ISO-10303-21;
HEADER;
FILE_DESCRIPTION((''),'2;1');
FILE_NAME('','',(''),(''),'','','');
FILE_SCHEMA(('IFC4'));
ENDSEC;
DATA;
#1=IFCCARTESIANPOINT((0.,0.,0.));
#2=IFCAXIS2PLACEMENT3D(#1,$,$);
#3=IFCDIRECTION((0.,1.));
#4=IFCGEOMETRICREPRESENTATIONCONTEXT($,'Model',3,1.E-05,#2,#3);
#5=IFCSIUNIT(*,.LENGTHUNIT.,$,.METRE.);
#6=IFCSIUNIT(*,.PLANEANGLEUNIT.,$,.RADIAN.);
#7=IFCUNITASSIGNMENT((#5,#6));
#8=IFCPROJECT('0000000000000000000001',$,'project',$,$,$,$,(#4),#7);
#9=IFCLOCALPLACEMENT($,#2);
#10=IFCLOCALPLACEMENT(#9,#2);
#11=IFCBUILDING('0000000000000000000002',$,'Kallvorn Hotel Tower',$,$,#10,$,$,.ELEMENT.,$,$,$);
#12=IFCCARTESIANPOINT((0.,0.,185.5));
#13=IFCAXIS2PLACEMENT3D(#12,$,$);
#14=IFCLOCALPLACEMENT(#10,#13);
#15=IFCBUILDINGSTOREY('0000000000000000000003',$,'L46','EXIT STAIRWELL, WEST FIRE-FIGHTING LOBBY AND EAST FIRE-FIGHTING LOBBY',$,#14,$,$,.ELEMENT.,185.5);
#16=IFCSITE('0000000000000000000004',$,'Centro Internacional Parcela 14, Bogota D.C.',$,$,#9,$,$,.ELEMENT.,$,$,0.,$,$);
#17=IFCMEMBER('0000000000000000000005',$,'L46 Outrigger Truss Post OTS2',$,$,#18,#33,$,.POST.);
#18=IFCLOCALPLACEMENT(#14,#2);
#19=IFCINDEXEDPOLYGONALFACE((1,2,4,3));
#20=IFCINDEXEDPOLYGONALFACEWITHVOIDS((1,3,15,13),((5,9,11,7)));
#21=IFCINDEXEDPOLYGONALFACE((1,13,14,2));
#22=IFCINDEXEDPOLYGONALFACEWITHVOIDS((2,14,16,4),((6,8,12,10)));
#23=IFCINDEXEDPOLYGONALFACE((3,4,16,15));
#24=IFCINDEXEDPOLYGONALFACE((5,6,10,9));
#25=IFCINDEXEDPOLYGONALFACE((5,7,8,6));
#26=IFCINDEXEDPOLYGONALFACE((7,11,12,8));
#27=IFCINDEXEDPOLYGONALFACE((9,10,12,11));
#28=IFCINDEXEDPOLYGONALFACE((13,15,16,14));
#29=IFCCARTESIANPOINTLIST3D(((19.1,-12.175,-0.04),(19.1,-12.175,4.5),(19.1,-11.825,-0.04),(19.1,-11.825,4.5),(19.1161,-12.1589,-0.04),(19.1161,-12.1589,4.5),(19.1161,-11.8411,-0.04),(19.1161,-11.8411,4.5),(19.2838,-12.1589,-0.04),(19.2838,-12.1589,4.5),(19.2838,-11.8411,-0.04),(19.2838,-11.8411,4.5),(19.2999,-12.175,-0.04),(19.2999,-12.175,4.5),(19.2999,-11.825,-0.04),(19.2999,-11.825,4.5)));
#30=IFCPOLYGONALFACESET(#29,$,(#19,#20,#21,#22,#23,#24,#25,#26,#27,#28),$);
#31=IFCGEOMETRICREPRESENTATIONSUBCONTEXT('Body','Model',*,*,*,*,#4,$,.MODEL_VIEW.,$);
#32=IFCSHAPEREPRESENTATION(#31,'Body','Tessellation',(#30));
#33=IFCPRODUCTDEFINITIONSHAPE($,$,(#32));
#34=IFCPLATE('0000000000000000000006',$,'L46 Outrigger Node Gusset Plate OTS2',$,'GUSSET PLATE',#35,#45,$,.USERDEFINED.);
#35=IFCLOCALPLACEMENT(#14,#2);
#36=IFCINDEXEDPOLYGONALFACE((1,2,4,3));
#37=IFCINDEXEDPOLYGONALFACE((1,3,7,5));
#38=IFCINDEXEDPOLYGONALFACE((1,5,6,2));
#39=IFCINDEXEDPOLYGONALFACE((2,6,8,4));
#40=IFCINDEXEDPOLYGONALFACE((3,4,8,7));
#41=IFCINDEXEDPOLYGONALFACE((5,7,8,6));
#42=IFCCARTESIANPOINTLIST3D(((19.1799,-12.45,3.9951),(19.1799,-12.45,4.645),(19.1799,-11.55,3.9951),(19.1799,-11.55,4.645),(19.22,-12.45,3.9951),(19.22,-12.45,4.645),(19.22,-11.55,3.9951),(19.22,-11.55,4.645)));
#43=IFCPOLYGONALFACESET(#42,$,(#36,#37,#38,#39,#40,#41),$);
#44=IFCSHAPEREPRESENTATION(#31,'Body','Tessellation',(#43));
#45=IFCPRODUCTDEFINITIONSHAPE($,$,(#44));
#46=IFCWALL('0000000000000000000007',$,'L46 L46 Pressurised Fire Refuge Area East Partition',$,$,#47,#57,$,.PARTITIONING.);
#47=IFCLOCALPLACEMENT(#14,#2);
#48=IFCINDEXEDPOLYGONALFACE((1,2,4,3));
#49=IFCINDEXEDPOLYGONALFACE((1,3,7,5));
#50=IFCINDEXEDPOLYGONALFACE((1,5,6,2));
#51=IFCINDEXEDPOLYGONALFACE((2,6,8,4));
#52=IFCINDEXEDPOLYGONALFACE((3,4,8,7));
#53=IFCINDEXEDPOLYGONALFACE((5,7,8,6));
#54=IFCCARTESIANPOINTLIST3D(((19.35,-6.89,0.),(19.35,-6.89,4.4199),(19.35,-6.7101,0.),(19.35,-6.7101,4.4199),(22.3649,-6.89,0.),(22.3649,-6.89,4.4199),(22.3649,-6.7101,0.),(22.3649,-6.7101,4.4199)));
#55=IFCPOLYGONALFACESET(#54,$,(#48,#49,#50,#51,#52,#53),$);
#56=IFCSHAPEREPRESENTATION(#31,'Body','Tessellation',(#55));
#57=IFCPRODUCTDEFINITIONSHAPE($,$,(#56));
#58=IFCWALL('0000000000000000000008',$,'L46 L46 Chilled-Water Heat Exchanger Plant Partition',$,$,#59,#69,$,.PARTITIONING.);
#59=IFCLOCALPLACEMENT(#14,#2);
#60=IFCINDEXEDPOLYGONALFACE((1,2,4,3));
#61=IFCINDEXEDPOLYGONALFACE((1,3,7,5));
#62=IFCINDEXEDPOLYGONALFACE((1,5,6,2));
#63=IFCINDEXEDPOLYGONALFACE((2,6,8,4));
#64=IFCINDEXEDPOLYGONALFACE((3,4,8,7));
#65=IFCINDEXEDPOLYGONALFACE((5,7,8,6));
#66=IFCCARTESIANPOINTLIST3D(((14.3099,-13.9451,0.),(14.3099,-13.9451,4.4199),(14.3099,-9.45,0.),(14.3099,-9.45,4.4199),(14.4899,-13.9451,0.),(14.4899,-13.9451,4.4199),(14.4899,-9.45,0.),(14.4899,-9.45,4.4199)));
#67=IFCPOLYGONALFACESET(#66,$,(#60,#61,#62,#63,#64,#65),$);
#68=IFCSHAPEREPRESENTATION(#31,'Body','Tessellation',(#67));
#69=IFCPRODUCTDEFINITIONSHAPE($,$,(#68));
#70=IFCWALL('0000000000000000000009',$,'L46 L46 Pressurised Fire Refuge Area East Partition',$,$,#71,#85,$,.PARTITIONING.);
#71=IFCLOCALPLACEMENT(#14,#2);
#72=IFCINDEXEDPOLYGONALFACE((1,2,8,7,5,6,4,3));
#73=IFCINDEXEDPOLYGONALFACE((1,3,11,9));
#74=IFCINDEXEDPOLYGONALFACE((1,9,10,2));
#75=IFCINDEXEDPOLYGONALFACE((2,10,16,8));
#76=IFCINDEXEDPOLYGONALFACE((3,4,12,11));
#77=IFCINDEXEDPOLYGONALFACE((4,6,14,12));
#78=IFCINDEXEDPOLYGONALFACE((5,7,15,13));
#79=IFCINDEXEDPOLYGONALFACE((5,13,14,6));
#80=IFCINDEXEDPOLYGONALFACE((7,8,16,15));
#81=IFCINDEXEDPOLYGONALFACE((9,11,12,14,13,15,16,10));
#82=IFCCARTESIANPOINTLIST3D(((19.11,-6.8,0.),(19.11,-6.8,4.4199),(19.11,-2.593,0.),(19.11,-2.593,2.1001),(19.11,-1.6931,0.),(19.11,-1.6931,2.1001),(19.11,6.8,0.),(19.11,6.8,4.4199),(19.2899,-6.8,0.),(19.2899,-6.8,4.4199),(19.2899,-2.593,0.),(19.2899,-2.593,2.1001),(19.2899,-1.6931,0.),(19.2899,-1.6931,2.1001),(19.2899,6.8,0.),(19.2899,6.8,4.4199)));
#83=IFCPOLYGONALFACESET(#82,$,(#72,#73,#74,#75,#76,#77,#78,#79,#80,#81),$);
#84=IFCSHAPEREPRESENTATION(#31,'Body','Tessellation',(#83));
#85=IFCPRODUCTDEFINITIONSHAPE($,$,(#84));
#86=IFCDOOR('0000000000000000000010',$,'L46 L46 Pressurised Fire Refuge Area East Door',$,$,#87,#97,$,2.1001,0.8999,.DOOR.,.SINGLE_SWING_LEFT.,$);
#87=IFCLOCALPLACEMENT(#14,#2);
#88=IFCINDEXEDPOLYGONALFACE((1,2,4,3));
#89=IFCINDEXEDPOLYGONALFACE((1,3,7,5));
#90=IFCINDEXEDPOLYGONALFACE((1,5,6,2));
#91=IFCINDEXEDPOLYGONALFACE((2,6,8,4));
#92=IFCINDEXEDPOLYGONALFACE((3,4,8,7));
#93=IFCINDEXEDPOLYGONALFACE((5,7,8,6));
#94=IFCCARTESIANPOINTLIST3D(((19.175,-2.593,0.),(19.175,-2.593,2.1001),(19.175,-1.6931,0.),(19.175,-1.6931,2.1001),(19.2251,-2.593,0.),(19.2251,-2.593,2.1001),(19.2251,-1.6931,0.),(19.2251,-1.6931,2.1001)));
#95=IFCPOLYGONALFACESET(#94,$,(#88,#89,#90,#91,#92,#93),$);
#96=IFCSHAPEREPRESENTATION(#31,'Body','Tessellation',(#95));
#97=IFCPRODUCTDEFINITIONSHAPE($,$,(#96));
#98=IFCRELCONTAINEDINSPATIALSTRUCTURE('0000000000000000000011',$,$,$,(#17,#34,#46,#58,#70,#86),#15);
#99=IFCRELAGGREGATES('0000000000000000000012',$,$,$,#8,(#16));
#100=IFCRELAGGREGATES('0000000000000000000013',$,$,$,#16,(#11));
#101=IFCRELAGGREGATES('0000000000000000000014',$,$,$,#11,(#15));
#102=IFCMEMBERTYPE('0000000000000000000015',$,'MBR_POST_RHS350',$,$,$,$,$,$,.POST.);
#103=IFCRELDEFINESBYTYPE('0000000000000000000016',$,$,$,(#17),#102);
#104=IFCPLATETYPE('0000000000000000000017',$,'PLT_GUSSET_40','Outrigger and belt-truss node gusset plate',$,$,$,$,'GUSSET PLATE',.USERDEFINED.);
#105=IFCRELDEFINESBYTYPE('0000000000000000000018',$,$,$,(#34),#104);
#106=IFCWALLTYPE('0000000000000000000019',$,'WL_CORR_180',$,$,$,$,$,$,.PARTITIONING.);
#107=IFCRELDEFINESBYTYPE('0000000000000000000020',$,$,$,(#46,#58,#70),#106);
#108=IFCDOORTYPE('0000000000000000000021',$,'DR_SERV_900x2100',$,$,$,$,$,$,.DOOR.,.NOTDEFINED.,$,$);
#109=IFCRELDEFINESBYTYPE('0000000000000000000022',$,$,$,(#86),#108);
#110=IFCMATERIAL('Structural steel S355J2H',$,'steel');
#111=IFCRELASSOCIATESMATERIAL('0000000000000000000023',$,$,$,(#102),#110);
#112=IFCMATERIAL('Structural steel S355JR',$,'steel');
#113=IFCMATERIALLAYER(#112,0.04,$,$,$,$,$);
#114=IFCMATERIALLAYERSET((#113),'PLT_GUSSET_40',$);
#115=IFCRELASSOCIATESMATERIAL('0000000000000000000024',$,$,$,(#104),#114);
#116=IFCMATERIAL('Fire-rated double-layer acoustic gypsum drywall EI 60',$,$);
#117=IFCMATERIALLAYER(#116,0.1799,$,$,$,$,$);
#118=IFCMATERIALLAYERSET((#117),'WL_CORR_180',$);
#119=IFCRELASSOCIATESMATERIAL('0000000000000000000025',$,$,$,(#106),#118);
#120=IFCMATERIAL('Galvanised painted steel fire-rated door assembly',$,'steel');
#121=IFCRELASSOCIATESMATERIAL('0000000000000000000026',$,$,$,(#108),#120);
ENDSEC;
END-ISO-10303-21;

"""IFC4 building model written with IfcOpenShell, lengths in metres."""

from ifc_helpers import new_model, si_unit, direction, frame, frame_2d, origin, origin_2d, place, context, subcontext, project, spatial, rectangle, hollow_rectangle, extrude, material, layer, layer_set, material_profile, profile_set, type_object, element, fill, save


model = new_model("IFC4")

# Units and contexts
model_context = context("Model", 3, precision=1e-05, world=origin(), true_north=direction((0.0, 1.0)))
body_context = subcontext(model_context, "Body", "Model", "MODEL_VIEW")
ifc_project = project(units=[si_unit("LENGTHUNIT", "METRE"), si_unit("PLANEANGLEUNIT", "RADIAN")], contexts=[model_context])

# Site, building, storey
site_placement = place(None, origin())
site = spatial("IfcSite", under=ifc_project, at=site_placement, Name="Centro Internacional Parcela 14, Bogota D.C.", CompositionType="ELEMENT", RefElevation=0.0)
building_placement = place(site_placement, origin())
building = spatial("IfcBuilding", under=site, at=building_placement, Name="Kallvorn Hotel Tower", CompositionType="ELEMENT")
storey_placement = place(building_placement, frame((0.0, 0.0, 185.5)))
storey = spatial("IfcBuildingStorey", under=building, at=storey_placement, Name="L46", Description="EXIT STAIRWELL, WEST FIRE-FIGHTING LOBBY AND EAST FIRE-FIGHTING LOBBY", CompositionType="ELEMENT", Elevation=185.5)

# Member
ifc_material_1 = material(Name="Structural steel S355J2H", Category="steel")
ifc_material_profile_1 = material_profile(ifc_material_1, hollow_rectangle(XDim=0.2, YDim=0.3501, WallThickness=0.0161, at=origin_2d()), Name="RHS 350x200x16")
ifc_profile_set_1 = profile_set([ifc_material_profile_1], Name="Structural steel S355J2H")
member_type_1 = type_object("IfcMemberType", Name="MBR_POST_RHS350", PredefinedType="POST", material=ifc_profile_set_1)
member_1_placement = place(storey_placement, frame((19.2, -12.0, -0.04), z_axis=(0.0, 0.0, 1.0), x_axis=(1.0, 0.0, 0.0)))
element("IfcMember", 1, at=member_1_placement, inside=storey, type_object=member_type_1, Name="L46 Outrigger Truss Post OTS2", PredefinedType="POST", context=body_context, shape_type="SweptSolid", body=[
    extrude(hollow_rectangle(XDim=0.2, YDim=0.3501, WallThickness=0.0161, at=origin_2d()), origin(), (0.0, 0.0, 1.0), 4.54),
])

# Plate
ifc_material_2 = material(Name="Structural steel S355JR", Category="steel")
ifc_layer_1 = layer(ifc_material_2, 0.04)
ifc_layer_set_1 = layer_set([ifc_layer_1], Name="PLT_GUSSET_40")
plate_type = type_object("IfcPlateType", Name="PLT_GUSSET_40", Description="Outrigger and belt-truss node gusset plate", ElementType="GUSSET PLATE", PredefinedType="USERDEFINED", material=ifc_layer_set_1)
plate_placement = place(storey_placement, frame((19.2, -12.0, 3.9951), z_axis=(0.0, 0.0, 1.0), x_axis=(0.0, 1.0, 0.0)))
element("IfcPlate", 2, at=plate_placement, inside=storey, type_object=plate_type, Name="L46 Outrigger Node Gusset Plate OTS2", ObjectType="GUSSET PLATE", PredefinedType="USERDEFINED", context=body_context, shape_type="SweptSolid", body=[
    extrude(rectangle(XDim=0.8999, YDim=0.04, at=origin_2d()), origin(), (0.0, 0.0, 1.0), 0.6499),
])

# Walls
ifc_material_3 = material(Name="Fire-rated double-layer acoustic gypsum drywall EI 60")
ifc_layer_2 = layer(ifc_material_3, 0.1799)
ifc_layer_set_2 = layer_set([ifc_layer_2], Name="WL_CORR_180")
wall_type = type_object("IfcWallType", Name="WL_CORR_180", PredefinedType="PARTITIONING", material=ifc_layer_set_2)
wall_1_placement = place(storey_placement, frame((19.3501, -6.8, 0.0), z_axis=(0.0, 0.0, 1.0), x_axis=(1.0, 0.0, 0.0)))
element("IfcWall", 3, at=wall_1_placement, inside=storey, type_object=wall_type, Name="L46 L46 Pressurised Fire Refuge Area East Partition", PredefinedType="PARTITIONING", context=body_context, shape_type="SweptSolid", body=[
    extrude(rectangle(XDim=3.0149, YDim=0.1799, at=frame_2d((1.5073, 0.0))), origin(), (0.0, 0.0, 1.0), 4.4199),
])
wall_2_placement = place(storey_placement, frame((14.3999, -13.9451, 0.0), z_axis=(0.0, 0.0, 1.0), x_axis=(0.0, 1.0, 0.0)))
element("IfcWall", 4, at=wall_2_placement, inside=storey, type_object=wall_type, Name="L46 L46 Chilled-Water Heat Exchanger Plant Partition", PredefinedType="PARTITIONING", context=body_context, shape_type="SweptSolid", body=[
    extrude(rectangle(XDim=4.4951, YDim=0.1799, at=frame_2d((2.2476, 0.0))), origin(), (0.0, 0.0, 1.0), 4.4199),
])

# Wall, opening, door
wall_3_placement = place(storey_placement, frame((19.2, -6.8, 0.0), z_axis=(0.0, 0.0, 1.0), x_axis=(0.0, 1.0, 0.0)))
wall_3 = element("IfcWall", 5, at=wall_3_placement, inside=storey, type_object=wall_type, Name="L46 L46 Pressurised Fire Refuge Area East Partition", PredefinedType="PARTITIONING", context=body_context, shape_type="SweptSolid", body=[
    extrude(rectangle(XDim=13.6001, YDim=0.1799, at=frame_2d((6.8, 0.0))), origin(), (0.0, 0.0, 1.0), 4.4199),
])
opening_placement = place(wall_3_placement, frame((4.207, 0.0, 0.0)))
opening = element("IfcOpeningElement", 6, at=opening_placement, cuts=wall_3, PredefinedType="OPENING", context=body_context, shape_type="SweptSolid", body=[
    extrude(rectangle(XDim=0.8999, YDim=2.1001, at=frame_2d((0.45, 1.05))), frame((0.0, 0.1047, 0.0), z_axis=(0.0, -1.0, 0.0), x_axis=(1.0, 0.0, 0.0)), (0.0, 0.0, 1.0), 0.21),
])
ifc_material_4 = material(Name="Galvanised painted steel fire-rated door assembly", Category="steel")
door_type = type_object("IfcDoorType", Name="DR_SERV_900x2100", OperationType="NOTDEFINED", PredefinedType="DOOR", material=ifc_material_4)
door_placement = place(opening_placement, origin())
door = element("IfcDoor", 7, at=door_placement, inside=storey, type_object=door_type, Name="L46 L46 Pressurised Fire Refuge Area East Door", OperationType="SINGLE_SWING_LEFT", OverallHeight=2.1001, OverallWidth=0.8999, PredefinedType="DOOR", context=body_context, shape_type="SweptSolid", body=[
    extrude(rectangle(XDim=0.8999, YDim=2.1001, at=frame_2d((0.45, 1.05))), frame((0.0, 0.0249, 0.0), z_axis=(0.0, -1.0, 0.0), x_axis=(1.0, 0.0, 0.0)), (0.0, 0.0, 1.0), 0.05),
])
fill(opening, door)

save(model, "model.ifc")
